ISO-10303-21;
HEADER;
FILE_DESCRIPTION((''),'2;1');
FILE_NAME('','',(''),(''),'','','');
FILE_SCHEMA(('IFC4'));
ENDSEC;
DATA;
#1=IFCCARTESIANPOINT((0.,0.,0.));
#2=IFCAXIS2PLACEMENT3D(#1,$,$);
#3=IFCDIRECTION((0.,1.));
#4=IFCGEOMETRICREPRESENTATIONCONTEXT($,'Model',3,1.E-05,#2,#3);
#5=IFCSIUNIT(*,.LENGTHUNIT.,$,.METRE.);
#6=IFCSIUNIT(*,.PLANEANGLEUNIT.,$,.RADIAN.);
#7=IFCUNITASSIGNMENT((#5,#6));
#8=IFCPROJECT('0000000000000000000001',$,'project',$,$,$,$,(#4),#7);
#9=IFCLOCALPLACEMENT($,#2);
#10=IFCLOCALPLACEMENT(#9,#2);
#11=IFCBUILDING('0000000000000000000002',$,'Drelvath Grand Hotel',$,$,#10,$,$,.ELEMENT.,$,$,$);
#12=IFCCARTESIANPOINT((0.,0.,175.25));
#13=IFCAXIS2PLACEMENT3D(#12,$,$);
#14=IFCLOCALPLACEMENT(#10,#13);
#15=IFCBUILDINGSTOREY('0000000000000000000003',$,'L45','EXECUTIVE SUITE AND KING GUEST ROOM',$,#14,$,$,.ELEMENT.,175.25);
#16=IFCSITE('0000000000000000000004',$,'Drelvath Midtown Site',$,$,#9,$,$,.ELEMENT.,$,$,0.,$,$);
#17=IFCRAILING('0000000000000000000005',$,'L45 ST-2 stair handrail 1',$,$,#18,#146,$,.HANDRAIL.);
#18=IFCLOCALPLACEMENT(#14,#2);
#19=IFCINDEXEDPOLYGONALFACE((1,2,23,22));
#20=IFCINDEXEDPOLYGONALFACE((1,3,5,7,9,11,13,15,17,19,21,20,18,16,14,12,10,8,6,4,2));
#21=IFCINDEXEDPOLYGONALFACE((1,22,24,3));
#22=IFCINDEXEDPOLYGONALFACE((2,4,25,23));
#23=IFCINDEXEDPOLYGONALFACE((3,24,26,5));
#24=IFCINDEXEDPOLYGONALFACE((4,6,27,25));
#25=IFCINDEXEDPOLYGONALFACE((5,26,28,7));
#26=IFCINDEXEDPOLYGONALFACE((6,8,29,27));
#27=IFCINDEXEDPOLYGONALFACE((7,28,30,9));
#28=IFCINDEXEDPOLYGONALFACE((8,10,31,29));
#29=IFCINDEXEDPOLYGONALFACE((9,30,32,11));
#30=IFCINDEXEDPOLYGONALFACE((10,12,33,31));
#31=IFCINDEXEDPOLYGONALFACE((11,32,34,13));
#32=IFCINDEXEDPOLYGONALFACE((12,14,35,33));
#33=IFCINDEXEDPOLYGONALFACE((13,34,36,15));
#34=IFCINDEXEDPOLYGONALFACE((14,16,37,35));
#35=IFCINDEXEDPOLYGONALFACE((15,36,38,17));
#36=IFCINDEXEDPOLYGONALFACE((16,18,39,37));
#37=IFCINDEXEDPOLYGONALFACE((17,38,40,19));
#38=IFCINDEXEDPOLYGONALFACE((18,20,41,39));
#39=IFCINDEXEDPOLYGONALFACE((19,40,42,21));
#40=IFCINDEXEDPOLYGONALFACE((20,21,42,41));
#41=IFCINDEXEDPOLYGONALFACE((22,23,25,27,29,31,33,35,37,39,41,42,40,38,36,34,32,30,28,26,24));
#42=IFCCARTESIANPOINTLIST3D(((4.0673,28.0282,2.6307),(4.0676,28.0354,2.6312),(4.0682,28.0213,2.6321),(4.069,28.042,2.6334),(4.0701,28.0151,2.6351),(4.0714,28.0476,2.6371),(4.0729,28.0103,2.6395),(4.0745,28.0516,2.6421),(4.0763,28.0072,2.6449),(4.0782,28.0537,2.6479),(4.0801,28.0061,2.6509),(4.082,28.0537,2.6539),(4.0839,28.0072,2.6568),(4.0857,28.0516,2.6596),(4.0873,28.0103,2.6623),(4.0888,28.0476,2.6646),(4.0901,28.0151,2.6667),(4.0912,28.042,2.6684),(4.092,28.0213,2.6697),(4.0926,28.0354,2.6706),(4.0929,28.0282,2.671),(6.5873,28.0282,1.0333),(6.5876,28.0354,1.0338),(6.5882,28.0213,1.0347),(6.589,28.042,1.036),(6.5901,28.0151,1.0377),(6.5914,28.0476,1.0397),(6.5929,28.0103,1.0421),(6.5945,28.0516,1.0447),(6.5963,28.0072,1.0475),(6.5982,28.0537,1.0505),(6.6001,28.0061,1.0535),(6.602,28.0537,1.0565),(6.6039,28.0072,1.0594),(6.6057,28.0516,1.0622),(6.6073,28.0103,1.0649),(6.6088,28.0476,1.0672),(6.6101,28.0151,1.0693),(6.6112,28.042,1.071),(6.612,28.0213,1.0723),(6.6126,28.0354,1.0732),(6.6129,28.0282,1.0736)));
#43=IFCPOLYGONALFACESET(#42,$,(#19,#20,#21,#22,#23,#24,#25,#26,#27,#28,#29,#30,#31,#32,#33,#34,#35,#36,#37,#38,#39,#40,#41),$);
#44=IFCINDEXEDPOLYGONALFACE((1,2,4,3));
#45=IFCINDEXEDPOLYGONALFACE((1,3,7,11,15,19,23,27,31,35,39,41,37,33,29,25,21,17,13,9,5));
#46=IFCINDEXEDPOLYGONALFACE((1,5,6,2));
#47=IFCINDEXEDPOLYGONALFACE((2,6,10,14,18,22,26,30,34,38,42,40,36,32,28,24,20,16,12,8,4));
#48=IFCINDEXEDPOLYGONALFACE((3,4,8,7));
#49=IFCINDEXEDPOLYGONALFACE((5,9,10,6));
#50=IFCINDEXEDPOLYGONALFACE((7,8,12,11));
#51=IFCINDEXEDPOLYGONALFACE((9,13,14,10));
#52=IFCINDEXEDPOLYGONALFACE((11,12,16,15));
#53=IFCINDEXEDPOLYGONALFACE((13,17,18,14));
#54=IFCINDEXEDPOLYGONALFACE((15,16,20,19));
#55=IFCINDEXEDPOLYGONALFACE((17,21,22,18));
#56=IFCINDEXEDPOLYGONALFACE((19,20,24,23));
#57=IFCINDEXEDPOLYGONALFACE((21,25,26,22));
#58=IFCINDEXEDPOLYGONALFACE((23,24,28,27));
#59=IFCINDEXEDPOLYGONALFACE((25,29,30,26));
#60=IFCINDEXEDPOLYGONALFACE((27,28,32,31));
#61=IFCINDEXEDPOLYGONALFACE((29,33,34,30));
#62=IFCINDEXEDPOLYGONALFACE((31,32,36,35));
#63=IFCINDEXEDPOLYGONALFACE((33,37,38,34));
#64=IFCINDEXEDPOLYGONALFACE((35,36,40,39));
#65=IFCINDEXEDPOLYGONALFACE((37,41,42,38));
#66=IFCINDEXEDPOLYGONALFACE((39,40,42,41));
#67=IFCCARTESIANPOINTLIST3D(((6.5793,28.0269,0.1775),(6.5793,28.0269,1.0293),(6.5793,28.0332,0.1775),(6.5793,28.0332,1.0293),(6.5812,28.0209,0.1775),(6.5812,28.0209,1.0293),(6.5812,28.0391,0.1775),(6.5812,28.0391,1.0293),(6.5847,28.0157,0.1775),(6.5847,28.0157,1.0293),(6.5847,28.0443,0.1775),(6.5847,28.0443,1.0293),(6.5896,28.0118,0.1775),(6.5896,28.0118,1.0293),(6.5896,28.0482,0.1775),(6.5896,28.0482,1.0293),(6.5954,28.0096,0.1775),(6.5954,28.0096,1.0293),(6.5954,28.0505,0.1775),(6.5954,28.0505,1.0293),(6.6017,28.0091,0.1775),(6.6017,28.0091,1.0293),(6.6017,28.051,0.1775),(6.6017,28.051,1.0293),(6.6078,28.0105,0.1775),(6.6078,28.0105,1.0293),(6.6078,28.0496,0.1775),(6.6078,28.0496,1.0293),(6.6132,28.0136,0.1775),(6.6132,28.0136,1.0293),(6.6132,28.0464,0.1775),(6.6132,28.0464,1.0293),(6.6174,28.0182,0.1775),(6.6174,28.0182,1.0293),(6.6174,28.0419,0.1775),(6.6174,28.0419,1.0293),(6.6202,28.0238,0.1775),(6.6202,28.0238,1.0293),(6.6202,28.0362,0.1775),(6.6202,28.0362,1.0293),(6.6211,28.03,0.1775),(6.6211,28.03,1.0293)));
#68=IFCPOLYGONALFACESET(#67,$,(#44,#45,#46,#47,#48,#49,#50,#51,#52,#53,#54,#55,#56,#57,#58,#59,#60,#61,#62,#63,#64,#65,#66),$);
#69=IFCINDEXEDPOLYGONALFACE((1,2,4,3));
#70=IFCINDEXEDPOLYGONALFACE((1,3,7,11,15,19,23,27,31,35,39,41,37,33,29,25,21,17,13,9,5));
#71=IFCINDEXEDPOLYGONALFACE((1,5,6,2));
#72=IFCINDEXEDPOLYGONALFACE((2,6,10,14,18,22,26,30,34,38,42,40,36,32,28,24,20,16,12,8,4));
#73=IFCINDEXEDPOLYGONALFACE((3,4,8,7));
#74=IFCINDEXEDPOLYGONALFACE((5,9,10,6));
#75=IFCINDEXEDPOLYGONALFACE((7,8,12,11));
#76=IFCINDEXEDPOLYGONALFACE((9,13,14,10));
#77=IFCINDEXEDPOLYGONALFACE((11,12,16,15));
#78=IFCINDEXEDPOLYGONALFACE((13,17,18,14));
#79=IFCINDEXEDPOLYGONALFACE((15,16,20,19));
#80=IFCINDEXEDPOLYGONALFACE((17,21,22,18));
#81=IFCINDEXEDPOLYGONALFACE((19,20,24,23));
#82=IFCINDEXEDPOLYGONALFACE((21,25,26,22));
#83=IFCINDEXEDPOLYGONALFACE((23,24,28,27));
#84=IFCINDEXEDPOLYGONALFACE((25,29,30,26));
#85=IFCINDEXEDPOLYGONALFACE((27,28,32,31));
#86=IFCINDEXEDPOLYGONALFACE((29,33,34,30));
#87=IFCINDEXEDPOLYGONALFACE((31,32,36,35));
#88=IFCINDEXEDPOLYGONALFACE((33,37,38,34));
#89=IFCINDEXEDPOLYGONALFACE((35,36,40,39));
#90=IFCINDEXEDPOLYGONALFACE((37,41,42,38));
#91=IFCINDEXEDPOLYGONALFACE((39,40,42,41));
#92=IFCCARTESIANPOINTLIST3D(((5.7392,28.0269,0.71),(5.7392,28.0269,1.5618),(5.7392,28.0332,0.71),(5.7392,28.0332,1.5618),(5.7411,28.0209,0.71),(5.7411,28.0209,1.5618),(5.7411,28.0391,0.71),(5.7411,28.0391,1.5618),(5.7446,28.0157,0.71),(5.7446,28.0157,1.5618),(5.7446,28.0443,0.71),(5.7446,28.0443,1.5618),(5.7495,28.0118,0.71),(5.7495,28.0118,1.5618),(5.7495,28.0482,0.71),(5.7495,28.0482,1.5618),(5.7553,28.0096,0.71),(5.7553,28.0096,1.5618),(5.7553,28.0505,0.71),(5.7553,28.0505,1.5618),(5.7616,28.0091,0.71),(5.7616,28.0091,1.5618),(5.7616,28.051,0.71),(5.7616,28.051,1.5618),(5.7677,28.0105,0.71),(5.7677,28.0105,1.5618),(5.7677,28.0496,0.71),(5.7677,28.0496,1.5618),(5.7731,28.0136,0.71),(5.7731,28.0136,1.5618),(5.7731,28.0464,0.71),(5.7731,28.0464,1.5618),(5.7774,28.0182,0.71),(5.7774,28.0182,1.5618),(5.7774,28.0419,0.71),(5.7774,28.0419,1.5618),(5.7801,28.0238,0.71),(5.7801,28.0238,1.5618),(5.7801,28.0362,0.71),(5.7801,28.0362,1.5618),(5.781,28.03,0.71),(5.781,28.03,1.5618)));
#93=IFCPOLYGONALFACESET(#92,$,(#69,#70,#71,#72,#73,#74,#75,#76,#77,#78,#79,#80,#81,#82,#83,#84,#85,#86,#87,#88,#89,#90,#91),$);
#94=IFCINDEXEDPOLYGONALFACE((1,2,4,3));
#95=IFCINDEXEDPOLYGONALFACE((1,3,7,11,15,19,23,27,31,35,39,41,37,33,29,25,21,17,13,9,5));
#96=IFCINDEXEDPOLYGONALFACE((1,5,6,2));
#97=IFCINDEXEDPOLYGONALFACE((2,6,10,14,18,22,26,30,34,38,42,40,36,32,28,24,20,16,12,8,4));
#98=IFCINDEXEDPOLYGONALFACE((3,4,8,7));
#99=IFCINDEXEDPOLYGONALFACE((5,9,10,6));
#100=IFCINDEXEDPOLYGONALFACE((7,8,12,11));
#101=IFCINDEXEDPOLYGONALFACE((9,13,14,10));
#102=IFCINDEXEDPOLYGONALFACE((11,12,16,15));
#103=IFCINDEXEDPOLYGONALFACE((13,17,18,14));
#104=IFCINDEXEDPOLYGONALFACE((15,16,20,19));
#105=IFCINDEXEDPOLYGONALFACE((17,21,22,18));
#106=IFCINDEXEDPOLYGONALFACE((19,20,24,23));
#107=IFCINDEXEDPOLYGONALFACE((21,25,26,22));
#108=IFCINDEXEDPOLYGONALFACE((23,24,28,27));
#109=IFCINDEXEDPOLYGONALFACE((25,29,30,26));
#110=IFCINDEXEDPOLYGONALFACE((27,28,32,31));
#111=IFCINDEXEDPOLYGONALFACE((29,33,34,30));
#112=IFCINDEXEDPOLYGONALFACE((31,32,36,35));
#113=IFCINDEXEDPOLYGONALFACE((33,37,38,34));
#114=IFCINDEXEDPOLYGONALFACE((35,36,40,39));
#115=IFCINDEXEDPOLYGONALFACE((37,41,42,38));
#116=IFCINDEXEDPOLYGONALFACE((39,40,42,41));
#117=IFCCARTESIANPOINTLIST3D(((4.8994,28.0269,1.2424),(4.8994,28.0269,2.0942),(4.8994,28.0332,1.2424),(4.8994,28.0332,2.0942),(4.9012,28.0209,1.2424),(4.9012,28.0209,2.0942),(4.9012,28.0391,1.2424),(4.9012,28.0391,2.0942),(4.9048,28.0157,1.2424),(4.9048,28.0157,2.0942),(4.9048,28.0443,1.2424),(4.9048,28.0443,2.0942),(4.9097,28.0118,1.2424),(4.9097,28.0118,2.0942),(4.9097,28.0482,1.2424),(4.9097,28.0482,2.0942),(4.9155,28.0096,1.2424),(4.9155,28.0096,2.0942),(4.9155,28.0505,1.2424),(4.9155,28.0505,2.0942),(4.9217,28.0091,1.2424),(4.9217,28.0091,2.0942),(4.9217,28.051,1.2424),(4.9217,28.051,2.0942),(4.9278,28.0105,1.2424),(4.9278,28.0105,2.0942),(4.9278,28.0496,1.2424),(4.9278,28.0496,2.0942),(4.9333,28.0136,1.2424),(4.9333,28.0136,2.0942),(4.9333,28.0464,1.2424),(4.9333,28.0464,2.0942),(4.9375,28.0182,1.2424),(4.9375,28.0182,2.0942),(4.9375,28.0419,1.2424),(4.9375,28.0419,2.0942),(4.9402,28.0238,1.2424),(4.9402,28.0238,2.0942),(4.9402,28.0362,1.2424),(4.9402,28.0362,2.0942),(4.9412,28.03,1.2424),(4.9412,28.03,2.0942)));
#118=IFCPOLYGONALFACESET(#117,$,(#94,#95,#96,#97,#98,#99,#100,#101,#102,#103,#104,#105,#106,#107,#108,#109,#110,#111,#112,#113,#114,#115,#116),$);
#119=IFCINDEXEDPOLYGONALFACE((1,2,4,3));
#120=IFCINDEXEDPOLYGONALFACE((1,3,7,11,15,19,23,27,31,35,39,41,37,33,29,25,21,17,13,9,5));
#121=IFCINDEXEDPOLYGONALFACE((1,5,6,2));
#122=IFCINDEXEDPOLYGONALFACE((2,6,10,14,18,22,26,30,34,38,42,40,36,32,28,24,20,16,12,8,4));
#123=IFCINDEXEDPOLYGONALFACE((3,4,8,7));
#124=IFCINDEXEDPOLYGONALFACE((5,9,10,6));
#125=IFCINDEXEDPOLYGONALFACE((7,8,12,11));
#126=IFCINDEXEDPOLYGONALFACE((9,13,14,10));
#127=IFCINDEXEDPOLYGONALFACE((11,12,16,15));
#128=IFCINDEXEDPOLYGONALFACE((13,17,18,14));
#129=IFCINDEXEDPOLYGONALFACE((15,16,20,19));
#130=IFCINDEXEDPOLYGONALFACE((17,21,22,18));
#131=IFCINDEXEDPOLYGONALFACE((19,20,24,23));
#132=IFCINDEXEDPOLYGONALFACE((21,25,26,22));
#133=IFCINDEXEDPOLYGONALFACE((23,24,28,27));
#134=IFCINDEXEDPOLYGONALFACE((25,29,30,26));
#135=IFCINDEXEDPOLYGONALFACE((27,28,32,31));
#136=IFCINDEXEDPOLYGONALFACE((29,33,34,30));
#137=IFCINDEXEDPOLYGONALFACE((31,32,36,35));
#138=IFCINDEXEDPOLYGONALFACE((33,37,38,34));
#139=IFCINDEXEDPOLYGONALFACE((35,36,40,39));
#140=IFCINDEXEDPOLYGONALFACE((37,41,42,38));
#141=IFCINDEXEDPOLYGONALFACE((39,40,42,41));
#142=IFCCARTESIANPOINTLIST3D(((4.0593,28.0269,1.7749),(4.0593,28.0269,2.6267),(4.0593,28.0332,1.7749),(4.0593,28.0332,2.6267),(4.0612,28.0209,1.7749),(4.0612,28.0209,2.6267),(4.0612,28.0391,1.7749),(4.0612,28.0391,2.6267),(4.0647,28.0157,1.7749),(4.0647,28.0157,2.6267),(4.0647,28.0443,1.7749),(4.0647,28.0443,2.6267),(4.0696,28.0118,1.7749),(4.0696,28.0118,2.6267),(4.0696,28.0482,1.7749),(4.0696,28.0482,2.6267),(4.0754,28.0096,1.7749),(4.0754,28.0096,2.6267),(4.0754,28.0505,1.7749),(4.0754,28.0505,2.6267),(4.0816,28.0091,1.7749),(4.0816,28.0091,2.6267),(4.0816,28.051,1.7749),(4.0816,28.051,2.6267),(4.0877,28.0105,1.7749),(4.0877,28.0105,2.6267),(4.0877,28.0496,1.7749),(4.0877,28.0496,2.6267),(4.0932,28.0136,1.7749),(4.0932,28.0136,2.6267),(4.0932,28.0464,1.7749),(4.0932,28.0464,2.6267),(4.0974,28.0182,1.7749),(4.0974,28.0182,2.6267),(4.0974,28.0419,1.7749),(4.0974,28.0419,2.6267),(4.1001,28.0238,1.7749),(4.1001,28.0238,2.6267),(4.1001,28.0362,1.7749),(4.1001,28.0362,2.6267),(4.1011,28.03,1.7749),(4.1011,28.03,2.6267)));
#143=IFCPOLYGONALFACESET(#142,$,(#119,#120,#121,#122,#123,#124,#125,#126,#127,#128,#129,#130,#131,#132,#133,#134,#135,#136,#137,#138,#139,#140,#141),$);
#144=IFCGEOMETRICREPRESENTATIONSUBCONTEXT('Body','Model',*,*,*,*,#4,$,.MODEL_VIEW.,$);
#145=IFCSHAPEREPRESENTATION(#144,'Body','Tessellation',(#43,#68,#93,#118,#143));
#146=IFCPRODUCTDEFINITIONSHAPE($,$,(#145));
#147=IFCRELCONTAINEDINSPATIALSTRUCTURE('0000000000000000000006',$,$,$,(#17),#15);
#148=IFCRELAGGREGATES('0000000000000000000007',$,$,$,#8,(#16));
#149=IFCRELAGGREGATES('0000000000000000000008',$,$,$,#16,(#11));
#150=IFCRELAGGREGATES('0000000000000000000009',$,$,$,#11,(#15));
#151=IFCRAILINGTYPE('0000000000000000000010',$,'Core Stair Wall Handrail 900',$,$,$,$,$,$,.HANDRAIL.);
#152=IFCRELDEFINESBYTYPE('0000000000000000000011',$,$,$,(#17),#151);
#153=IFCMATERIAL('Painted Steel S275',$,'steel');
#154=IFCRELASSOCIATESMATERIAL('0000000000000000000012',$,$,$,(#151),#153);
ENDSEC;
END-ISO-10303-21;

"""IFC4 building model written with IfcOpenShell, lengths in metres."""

from ifc_helpers import new_model, si_unit, direction, frame, origin, origin_2d, place, context, subcontext, project, spatial, circle, extrude, material, type_object, element, save


model = new_model("IFC4")

# Units and contexts
model_context = context("Model", 3, precision=1e-05, world=origin(), true_north=direction((0.0, 1.0)))
body_context = subcontext(model_context, "Body", "Model", "MODEL_VIEW")
ifc_project = project(units=[si_unit("LENGTHUNIT", "METRE"), si_unit("PLANEANGLEUNIT", "RADIAN")], contexts=[model_context])

# Site, building, storey
site_placement = place(None, origin())
site = spatial("IfcSite", under=ifc_project, at=site_placement, Name="Drelvath Midtown Site", CompositionType="ELEMENT", RefElevation=0.0)
building_placement = place(site_placement, origin())
building = spatial("IfcBuilding", under=site, at=building_placement, Name="Drelvath Grand Hotel", CompositionType="ELEMENT")
storey_placement = place(building_placement, frame((0.0, 0.0, 175.25)))
storey = spatial("IfcBuildingStorey", under=building, at=storey_placement, Name="L45", Description="EXECUTIVE SUITE AND KING GUEST ROOM", CompositionType="ELEMENT", Elevation=175.25)

# Shared definitions
ifc_material_1 = material(Name="Painted Steel S275", Category="steel")

# Railing
railing_type_1 = type_object("IfcRailingType", Name="Core Stair Wall Handrail 900", PredefinedType="HANDRAIL", material=ifc_material_1)
railing_1_placement = place(storey_placement, frame((6.6001, 28.03, 0.1775)))
element("IfcRailing", 1, at=railing_1_placement, inside=storey, type_object=railing_type_1, Name="L45 ST-2 stair handrail 1", PredefinedType="HANDRAIL", context=body_context, shape_type="SweptSolid", body=[
    extrude(circle(Radius=0.0239, at=origin_2d()), frame((0.0, 0.0, 0.876), z_axis=(-0.844607, 0.0, 0.535387), x_axis=(0.0, -1.0, 0.0)), (0.0, 0.0, 1.0), 2.9836),
    extrude(circle(Radius=0.021, at=origin_2d()), origin(), (0.0, 0.0, 1.0), 0.8518),
    extrude(circle(Radius=0.021, at=origin_2d()), frame((-0.8401, 0.0, 0.5325)), (0.0, 0.0, 1.0), 0.8518),
    extrude(circle(Radius=0.021, at=origin_2d()), frame((-1.6799, 0.0, 1.0649)), (0.0, 0.0, 1.0), 0.8518),
    extrude(circle(Radius=0.021, at=origin_2d()), frame((-2.52, 0.0, 1.5974)), (0.0, 0.0, 1.0), 0.8518),
])

save(model, "model.ifc")
